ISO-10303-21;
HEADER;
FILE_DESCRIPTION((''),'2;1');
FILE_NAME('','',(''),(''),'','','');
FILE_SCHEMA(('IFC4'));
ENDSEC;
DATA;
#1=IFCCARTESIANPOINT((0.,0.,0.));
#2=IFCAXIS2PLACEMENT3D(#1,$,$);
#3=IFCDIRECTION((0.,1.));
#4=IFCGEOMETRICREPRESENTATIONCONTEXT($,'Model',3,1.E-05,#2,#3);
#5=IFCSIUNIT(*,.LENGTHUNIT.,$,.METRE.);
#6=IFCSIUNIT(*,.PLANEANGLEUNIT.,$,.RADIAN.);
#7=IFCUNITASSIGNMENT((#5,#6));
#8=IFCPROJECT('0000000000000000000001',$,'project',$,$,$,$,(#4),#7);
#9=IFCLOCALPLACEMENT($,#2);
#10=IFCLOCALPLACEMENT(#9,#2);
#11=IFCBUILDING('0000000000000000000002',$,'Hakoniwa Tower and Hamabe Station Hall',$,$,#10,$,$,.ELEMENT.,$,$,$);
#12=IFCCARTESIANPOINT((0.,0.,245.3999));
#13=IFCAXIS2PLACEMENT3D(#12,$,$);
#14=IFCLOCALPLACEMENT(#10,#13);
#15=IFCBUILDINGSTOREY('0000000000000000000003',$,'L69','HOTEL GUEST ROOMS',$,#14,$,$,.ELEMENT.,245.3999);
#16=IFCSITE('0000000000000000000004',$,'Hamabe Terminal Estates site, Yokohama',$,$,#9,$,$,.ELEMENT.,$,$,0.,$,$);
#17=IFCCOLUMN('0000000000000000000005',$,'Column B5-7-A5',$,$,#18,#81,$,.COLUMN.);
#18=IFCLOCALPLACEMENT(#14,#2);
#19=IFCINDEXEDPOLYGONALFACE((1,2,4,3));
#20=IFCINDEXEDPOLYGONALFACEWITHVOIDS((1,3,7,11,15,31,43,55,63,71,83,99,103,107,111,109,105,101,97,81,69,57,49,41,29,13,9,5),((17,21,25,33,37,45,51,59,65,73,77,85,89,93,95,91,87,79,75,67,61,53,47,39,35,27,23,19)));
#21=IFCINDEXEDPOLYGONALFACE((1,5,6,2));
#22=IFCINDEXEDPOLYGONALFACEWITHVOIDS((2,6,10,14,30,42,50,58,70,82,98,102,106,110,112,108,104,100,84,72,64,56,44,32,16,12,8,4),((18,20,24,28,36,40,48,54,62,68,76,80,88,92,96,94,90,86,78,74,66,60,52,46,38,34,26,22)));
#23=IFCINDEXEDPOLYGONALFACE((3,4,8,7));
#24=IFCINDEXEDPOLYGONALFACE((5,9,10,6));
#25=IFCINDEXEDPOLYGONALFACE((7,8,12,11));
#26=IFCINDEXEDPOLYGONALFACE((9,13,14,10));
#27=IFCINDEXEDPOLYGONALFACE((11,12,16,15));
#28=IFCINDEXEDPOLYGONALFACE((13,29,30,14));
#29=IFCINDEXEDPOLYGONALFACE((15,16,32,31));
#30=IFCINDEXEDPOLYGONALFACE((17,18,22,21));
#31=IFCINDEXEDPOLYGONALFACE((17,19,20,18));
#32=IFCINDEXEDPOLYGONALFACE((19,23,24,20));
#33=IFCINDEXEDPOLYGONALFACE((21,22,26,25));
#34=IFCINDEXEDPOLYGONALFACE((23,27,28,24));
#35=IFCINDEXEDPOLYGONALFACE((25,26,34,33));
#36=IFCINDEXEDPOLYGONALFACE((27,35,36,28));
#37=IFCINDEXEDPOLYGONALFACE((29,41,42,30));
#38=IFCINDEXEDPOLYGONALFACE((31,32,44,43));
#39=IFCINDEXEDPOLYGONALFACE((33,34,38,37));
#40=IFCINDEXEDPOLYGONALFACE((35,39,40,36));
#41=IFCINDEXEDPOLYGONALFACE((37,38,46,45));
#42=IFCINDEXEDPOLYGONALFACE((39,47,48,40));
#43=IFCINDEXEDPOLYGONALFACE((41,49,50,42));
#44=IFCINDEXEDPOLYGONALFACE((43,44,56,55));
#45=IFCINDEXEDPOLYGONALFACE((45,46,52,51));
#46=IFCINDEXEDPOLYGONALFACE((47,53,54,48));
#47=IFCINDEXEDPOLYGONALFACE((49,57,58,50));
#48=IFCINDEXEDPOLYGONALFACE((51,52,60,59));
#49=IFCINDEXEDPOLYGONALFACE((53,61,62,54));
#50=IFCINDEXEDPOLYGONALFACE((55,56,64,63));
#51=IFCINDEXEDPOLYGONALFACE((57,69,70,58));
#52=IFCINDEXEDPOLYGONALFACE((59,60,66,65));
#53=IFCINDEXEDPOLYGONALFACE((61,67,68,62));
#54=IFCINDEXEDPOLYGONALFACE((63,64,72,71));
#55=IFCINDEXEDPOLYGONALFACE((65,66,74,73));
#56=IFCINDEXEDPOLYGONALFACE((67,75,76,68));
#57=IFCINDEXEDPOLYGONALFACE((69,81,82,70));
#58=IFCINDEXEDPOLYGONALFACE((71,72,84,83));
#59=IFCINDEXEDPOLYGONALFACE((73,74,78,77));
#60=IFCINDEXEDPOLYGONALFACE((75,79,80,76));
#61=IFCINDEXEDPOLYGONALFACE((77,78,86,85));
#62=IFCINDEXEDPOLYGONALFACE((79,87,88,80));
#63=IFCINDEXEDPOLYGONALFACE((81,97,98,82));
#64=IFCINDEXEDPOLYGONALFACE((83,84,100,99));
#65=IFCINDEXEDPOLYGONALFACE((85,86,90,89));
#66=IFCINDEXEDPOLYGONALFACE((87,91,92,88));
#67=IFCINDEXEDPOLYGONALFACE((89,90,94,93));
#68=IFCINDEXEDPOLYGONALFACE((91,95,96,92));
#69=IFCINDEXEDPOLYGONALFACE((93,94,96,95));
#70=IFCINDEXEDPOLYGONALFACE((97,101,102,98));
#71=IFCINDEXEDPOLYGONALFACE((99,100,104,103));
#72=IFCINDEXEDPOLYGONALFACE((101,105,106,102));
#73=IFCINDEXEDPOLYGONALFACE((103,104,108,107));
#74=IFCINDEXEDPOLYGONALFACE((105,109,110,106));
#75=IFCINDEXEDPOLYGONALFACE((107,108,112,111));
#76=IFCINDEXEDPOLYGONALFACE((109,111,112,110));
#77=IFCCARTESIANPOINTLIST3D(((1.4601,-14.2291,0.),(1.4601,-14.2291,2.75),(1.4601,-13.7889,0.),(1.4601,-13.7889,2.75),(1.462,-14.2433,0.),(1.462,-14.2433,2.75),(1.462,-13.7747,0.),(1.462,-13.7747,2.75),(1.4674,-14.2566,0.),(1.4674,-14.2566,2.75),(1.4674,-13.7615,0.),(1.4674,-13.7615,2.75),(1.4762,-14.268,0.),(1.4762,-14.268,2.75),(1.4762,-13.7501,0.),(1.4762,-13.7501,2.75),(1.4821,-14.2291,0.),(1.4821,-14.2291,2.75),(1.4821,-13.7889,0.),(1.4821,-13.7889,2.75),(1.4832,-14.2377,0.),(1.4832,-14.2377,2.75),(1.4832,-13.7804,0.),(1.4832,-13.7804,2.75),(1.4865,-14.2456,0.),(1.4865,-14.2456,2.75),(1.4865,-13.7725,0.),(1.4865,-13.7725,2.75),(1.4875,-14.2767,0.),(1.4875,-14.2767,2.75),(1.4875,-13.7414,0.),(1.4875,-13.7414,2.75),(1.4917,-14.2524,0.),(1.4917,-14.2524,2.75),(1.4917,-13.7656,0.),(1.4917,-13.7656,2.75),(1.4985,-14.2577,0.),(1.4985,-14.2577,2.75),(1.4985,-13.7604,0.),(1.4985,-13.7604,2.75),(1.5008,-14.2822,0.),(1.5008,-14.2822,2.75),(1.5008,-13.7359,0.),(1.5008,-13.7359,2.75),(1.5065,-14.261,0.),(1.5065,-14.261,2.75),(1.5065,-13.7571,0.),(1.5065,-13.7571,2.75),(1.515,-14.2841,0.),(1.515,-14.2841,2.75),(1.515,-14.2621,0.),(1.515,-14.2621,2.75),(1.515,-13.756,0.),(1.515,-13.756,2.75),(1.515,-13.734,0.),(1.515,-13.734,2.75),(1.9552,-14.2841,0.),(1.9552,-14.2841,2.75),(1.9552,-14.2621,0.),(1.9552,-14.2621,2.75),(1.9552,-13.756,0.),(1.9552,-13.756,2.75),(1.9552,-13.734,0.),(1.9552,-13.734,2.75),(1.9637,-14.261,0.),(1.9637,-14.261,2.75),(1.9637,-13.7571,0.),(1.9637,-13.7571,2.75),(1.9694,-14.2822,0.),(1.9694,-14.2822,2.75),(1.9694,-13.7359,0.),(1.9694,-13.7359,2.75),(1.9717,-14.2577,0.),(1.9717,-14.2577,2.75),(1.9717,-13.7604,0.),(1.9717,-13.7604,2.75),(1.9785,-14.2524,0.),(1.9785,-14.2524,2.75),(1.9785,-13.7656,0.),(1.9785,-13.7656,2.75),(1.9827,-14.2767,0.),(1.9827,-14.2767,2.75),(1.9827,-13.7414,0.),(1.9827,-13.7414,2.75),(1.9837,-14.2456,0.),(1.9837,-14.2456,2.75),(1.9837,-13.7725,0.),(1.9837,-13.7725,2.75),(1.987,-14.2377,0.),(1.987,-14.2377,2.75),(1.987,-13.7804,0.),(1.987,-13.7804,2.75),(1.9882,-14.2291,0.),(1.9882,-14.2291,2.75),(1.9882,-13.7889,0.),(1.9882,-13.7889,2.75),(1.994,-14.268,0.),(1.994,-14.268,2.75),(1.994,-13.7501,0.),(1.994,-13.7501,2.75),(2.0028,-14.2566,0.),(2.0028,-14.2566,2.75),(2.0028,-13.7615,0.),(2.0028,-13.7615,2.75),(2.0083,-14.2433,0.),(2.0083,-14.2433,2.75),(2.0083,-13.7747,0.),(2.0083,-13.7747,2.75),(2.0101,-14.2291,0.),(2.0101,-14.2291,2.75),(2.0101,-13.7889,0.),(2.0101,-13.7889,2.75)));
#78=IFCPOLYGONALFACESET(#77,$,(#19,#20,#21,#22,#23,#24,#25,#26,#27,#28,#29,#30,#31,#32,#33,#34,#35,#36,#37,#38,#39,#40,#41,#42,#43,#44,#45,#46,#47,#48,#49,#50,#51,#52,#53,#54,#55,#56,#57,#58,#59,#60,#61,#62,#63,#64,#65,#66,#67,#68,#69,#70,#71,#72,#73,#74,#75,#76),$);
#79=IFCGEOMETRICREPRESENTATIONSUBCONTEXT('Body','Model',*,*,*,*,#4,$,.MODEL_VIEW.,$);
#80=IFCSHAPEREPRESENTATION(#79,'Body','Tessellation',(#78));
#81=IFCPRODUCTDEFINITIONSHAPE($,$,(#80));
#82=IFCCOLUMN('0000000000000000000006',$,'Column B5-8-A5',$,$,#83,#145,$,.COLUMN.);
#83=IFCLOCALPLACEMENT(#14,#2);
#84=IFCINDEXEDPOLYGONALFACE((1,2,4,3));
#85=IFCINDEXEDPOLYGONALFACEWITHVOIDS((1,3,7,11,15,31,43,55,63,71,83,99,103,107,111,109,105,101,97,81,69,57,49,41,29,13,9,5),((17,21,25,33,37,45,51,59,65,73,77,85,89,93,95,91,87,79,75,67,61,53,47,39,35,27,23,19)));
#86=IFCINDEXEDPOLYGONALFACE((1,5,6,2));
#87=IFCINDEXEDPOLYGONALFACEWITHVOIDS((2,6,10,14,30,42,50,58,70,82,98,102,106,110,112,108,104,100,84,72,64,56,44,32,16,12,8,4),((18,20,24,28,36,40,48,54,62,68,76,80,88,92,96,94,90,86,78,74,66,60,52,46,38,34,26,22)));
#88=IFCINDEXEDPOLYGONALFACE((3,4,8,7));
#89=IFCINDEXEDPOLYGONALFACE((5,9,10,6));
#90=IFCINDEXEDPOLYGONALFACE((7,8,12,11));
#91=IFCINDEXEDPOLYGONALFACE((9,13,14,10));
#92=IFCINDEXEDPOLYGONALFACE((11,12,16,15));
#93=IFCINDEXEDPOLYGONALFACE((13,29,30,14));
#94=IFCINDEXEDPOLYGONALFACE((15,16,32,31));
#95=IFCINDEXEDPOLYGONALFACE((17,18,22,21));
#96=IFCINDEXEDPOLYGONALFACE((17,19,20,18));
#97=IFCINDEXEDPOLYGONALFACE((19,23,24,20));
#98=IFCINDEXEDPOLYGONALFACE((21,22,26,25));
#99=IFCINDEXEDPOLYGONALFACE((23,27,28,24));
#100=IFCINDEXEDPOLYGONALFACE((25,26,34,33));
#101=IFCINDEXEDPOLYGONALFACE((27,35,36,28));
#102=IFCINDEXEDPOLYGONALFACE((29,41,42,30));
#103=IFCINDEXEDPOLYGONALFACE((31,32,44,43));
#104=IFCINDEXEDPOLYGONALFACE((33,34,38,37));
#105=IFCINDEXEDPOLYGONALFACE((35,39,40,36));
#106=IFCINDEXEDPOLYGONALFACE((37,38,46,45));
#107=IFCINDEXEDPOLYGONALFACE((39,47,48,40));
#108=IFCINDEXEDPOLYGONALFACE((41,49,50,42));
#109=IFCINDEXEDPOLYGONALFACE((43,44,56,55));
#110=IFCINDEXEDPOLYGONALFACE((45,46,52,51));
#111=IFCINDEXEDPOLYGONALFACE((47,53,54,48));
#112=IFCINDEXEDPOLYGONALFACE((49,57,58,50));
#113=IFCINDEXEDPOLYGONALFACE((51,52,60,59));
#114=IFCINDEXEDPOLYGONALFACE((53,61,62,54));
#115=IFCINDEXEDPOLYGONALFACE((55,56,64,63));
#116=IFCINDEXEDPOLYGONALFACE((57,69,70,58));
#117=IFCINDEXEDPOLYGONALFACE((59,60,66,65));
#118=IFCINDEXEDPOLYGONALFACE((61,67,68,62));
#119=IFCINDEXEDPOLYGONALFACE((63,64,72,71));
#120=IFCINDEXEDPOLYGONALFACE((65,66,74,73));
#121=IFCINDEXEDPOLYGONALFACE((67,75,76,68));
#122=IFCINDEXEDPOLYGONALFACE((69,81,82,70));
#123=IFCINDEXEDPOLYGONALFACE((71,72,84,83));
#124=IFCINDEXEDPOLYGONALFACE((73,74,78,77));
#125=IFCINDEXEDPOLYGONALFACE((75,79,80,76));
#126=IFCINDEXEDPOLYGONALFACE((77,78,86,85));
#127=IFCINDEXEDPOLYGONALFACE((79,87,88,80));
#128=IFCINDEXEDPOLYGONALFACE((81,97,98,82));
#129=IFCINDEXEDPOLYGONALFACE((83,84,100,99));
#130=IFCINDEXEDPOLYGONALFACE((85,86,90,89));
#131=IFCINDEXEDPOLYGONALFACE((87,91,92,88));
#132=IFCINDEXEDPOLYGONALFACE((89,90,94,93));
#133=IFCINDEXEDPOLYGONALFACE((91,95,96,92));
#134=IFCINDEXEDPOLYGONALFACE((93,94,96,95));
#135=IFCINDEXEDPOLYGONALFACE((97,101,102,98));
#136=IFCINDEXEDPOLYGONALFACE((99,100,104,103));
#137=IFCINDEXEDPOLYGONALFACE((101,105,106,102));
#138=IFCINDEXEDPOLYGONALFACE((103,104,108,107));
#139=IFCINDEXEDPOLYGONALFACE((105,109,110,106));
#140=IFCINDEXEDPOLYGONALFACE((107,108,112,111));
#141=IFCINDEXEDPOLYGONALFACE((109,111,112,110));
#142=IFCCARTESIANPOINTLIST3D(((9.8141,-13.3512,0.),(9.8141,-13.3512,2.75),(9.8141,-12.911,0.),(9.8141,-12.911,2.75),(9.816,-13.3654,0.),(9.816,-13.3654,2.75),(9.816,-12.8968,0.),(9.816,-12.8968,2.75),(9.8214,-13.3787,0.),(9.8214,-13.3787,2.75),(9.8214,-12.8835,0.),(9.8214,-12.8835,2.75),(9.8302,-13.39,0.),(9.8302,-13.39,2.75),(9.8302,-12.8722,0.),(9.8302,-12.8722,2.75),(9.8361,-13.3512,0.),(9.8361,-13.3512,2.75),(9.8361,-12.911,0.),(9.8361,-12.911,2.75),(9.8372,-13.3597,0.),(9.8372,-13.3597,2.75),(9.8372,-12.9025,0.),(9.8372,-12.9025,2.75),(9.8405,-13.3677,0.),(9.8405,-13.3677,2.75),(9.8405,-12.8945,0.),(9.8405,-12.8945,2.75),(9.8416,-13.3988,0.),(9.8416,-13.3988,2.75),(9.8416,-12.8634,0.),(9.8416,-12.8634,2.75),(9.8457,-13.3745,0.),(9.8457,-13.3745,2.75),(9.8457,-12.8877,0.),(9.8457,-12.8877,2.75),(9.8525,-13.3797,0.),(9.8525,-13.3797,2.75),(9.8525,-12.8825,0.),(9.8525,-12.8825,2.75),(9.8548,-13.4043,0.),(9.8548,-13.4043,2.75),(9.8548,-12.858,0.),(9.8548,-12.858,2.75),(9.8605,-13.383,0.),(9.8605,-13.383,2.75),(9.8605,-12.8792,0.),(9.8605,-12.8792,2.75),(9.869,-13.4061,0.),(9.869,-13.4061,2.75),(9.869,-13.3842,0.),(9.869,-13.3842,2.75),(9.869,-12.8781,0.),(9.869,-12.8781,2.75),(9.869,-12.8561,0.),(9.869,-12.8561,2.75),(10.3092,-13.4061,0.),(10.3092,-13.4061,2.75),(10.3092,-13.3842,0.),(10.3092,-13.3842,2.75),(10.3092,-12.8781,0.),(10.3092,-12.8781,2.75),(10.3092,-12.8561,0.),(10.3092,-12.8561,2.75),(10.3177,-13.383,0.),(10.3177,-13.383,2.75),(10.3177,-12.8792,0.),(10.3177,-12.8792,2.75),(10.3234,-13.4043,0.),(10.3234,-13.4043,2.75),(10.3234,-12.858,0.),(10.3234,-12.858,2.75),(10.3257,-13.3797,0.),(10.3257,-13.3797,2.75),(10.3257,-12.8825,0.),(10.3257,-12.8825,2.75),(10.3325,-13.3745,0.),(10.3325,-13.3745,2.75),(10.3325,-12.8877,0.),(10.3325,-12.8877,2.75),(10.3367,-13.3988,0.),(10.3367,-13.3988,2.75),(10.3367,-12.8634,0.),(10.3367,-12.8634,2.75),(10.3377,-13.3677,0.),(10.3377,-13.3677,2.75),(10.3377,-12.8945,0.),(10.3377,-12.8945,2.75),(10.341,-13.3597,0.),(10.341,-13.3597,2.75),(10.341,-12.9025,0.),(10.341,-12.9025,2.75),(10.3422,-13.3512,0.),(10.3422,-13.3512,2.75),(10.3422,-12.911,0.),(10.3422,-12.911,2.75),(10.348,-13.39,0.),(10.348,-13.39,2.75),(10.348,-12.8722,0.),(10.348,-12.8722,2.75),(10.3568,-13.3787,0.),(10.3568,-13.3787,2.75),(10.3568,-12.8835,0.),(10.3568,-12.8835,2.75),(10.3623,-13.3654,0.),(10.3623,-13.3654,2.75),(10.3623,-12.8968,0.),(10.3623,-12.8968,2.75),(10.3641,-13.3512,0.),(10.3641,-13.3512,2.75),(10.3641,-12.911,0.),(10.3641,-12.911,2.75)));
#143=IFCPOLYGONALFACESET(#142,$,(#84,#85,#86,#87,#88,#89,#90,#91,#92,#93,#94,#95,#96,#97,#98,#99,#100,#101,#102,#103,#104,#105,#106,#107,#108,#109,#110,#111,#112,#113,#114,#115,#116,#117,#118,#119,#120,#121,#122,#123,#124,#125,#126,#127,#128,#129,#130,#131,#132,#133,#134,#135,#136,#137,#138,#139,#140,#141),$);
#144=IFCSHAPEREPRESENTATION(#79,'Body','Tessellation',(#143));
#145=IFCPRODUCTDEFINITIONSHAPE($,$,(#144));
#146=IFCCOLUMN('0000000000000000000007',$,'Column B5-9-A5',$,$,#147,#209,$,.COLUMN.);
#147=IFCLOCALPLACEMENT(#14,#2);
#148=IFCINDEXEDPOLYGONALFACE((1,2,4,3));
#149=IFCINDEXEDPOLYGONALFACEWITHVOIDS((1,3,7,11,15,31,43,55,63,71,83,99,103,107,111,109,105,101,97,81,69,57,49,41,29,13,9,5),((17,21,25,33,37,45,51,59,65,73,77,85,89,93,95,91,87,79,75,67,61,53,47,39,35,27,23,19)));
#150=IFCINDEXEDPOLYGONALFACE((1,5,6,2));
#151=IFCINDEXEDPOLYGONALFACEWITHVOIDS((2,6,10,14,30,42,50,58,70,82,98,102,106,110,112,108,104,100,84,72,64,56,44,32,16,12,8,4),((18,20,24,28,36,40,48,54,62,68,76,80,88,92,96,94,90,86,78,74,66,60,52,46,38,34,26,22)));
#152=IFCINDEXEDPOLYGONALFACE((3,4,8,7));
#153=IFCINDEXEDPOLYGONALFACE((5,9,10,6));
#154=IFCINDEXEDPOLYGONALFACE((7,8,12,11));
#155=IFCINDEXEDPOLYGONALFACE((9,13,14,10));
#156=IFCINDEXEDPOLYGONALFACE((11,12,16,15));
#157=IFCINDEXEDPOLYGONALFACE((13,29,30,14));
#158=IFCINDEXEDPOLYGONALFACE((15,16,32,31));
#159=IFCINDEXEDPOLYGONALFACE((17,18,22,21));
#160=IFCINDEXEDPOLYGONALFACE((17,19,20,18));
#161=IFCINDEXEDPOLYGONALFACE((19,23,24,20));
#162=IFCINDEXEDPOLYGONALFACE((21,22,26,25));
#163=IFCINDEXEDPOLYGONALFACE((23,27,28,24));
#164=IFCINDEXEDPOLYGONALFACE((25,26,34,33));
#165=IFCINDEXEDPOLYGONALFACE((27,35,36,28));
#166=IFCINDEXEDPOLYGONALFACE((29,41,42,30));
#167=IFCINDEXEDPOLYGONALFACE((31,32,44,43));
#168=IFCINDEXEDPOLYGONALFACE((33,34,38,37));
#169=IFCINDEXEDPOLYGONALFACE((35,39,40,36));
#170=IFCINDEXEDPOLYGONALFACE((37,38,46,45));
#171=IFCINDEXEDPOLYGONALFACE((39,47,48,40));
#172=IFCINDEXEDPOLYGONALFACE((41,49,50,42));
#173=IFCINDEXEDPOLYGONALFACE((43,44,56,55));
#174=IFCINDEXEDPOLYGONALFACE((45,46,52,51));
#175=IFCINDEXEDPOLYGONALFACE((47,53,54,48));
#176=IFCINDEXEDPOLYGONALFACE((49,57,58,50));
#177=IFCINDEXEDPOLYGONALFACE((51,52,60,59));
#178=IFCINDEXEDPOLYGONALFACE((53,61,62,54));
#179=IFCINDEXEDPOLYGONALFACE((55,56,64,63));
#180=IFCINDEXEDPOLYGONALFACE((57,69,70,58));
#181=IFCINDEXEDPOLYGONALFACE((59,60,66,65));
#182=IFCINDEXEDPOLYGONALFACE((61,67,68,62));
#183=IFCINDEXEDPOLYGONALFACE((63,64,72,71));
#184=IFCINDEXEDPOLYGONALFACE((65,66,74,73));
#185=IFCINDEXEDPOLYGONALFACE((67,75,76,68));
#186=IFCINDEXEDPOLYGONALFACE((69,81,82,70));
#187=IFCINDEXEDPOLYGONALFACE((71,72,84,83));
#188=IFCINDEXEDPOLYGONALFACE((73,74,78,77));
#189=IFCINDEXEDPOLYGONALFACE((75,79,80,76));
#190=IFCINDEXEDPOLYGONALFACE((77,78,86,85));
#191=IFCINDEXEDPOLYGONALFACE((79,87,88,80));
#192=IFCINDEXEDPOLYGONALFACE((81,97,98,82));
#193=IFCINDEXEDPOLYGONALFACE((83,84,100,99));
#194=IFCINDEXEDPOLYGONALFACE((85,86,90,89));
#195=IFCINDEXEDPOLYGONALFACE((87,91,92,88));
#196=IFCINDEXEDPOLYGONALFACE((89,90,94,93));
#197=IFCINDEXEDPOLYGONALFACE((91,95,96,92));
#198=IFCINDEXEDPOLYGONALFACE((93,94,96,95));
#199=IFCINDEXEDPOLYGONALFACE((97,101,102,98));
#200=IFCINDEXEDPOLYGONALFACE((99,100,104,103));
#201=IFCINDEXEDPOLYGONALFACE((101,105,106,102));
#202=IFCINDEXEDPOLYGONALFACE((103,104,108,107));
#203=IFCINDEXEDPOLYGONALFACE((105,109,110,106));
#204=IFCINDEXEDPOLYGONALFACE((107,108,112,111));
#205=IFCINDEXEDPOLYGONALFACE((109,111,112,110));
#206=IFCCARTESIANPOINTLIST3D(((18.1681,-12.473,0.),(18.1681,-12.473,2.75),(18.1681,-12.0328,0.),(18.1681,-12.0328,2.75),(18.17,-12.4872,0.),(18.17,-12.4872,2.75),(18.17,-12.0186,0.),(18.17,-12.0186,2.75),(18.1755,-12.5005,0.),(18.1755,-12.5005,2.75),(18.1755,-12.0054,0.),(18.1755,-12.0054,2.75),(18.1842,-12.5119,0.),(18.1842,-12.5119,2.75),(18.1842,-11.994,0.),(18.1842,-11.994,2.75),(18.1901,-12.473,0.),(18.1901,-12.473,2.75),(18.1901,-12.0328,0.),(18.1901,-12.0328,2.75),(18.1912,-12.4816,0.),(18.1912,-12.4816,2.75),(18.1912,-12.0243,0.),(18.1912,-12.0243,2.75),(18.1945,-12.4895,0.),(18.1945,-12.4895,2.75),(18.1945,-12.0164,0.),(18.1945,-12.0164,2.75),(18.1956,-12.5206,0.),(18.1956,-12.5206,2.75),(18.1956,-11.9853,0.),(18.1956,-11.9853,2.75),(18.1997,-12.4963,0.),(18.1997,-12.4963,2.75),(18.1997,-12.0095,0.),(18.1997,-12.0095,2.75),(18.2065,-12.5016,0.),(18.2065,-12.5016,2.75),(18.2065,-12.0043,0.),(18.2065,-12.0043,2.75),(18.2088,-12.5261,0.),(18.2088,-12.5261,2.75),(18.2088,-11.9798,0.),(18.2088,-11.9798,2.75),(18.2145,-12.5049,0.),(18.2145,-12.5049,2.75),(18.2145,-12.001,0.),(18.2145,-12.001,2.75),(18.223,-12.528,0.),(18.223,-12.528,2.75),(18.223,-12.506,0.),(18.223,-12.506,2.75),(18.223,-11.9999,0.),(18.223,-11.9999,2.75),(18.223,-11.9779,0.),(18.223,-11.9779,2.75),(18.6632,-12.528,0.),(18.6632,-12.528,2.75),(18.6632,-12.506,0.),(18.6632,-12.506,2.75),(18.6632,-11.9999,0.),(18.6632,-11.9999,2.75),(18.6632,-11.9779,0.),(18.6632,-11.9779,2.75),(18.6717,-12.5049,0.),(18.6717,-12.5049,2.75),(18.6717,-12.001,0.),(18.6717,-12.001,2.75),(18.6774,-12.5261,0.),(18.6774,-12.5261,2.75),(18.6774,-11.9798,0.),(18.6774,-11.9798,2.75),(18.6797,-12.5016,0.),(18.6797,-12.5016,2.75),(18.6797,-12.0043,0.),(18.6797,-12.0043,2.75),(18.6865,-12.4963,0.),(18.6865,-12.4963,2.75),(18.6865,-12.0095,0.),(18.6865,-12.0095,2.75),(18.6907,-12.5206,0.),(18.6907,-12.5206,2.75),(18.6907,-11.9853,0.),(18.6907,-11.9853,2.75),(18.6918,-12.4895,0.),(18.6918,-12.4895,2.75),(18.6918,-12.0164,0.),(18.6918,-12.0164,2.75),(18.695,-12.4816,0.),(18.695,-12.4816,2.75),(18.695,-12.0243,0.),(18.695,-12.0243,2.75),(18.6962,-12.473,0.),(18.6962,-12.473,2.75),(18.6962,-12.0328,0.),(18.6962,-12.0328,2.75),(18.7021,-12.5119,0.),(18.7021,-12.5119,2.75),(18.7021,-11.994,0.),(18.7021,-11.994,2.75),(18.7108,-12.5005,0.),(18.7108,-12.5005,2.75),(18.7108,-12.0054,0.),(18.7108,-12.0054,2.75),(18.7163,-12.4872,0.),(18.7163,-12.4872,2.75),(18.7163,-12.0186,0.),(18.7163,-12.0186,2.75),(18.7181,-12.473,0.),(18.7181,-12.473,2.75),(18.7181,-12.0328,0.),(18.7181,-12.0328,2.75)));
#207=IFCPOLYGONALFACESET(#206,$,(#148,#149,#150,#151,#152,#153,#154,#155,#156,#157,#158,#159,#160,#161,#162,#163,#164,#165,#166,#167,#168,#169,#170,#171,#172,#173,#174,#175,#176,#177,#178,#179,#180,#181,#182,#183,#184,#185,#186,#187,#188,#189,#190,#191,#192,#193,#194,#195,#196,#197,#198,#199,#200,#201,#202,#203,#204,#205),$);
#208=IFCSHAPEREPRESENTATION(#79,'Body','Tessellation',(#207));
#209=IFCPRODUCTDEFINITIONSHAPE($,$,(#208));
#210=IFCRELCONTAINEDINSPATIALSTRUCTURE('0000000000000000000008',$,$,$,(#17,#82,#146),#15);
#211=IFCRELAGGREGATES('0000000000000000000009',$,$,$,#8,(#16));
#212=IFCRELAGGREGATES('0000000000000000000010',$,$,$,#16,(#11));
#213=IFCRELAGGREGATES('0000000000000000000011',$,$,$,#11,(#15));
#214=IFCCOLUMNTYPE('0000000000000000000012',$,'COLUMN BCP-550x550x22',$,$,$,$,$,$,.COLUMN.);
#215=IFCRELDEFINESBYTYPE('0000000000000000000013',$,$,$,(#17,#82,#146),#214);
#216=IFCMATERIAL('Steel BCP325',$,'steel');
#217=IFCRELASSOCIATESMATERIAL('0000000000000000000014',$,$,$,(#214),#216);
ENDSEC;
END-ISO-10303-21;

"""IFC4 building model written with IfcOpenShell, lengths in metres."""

from ifc_helpers import new_model, si_unit, direction, frame, origin, origin_2d, place, context, subcontext, project, spatial, hollow_rectangle, extrude, material, material_profile, profile_set, type_object, element, save


model = new_model("IFC4")

# Units and contexts
model_context = context("Model", 3, precision=1e-05, world=origin(), true_north=direction((0.0, 1.0)))
body_context = subcontext(model_context, "Body", "Model", "MODEL_VIEW")
ifc_project = project(units=[si_unit("LENGTHUNIT", "METRE"), si_unit("PLANEANGLEUNIT", "RADIAN")], contexts=[model_context])

# Site, building, storey
site_placement = place(None, origin())
site = spatial("IfcSite", under=ifc_project, at=site_placement, Name="Hamabe Terminal Estates site, Yokohama", CompositionType="ELEMENT", RefElevation=0.0)
building_placement = place(site_placement, origin())
building = spatial("IfcBuilding", under=site, at=building_placement, Name="Hakoniwa Tower and Hamabe Station Hall", CompositionType="ELEMENT")
storey_placement = place(building_placement, frame((0.0, 0.0, 245.3999)))
storey = spatial("IfcBuildingStorey", under=building, at=storey_placement, Name="L69", Description="HOTEL GUEST ROOMS", CompositionType="ELEMENT", Elevation=245.3999)

# Columns
ifc_material_1 = material(Name="Steel BCP325", Category="steel")
ifc_material_profile_1 = material_profile(ifc_material_1, hollow_rectangle(XDim=0.55, YDim=0.55, WallThickness=0.022, InnerFilletRadius=0.033, OuterFilletRadius=0.0549, at=origin_2d()), Name="BCP-550x550x22")
ifc_profile_set_1 = profile_set([ifc_material_profile_1], Name="Steel BCP325")
column_type = type_object("IfcColumnType", Name="COLUMN BCP-550x550x22", PredefinedType="COLUMN", material=ifc_profile_set_1)
for number, where, z_axis, x_axis, name in (
    (1, (1.7351, -14.009, 0.0), (0.0, 0.0, 1.0), (1.0, 0.0, 0.0), "Column B5-7-A5"),
    (2, (10.0891, -13.1311, 0.0), (0.0, 0.0, 1.0), (1.0, 0.0, 0.0), "Column B5-8-A5"),
    (3, (18.4431, -12.2529, 0.0), (0.0, 0.0, 1.0), (1.0, 0.0, 0.0), "Column B5-9-A5"),
):
    element("IfcColumn", number, at=place(storey_placement, frame(where, z_axis=z_axis, x_axis=x_axis)), inside=storey, type_object=column_type, Name=name, PredefinedType="COLUMN", context=body_context, shape_type="SweptSolid", body=[
        extrude(hollow_rectangle(XDim=0.55, YDim=0.55, WallThickness=0.022, InnerFilletRadius=0.033, OuterFilletRadius=0.0549, at=origin_2d()), origin(), (0.0, 0.0, 1.0), 2.75),
    ])

save(model, "model.ifc")
